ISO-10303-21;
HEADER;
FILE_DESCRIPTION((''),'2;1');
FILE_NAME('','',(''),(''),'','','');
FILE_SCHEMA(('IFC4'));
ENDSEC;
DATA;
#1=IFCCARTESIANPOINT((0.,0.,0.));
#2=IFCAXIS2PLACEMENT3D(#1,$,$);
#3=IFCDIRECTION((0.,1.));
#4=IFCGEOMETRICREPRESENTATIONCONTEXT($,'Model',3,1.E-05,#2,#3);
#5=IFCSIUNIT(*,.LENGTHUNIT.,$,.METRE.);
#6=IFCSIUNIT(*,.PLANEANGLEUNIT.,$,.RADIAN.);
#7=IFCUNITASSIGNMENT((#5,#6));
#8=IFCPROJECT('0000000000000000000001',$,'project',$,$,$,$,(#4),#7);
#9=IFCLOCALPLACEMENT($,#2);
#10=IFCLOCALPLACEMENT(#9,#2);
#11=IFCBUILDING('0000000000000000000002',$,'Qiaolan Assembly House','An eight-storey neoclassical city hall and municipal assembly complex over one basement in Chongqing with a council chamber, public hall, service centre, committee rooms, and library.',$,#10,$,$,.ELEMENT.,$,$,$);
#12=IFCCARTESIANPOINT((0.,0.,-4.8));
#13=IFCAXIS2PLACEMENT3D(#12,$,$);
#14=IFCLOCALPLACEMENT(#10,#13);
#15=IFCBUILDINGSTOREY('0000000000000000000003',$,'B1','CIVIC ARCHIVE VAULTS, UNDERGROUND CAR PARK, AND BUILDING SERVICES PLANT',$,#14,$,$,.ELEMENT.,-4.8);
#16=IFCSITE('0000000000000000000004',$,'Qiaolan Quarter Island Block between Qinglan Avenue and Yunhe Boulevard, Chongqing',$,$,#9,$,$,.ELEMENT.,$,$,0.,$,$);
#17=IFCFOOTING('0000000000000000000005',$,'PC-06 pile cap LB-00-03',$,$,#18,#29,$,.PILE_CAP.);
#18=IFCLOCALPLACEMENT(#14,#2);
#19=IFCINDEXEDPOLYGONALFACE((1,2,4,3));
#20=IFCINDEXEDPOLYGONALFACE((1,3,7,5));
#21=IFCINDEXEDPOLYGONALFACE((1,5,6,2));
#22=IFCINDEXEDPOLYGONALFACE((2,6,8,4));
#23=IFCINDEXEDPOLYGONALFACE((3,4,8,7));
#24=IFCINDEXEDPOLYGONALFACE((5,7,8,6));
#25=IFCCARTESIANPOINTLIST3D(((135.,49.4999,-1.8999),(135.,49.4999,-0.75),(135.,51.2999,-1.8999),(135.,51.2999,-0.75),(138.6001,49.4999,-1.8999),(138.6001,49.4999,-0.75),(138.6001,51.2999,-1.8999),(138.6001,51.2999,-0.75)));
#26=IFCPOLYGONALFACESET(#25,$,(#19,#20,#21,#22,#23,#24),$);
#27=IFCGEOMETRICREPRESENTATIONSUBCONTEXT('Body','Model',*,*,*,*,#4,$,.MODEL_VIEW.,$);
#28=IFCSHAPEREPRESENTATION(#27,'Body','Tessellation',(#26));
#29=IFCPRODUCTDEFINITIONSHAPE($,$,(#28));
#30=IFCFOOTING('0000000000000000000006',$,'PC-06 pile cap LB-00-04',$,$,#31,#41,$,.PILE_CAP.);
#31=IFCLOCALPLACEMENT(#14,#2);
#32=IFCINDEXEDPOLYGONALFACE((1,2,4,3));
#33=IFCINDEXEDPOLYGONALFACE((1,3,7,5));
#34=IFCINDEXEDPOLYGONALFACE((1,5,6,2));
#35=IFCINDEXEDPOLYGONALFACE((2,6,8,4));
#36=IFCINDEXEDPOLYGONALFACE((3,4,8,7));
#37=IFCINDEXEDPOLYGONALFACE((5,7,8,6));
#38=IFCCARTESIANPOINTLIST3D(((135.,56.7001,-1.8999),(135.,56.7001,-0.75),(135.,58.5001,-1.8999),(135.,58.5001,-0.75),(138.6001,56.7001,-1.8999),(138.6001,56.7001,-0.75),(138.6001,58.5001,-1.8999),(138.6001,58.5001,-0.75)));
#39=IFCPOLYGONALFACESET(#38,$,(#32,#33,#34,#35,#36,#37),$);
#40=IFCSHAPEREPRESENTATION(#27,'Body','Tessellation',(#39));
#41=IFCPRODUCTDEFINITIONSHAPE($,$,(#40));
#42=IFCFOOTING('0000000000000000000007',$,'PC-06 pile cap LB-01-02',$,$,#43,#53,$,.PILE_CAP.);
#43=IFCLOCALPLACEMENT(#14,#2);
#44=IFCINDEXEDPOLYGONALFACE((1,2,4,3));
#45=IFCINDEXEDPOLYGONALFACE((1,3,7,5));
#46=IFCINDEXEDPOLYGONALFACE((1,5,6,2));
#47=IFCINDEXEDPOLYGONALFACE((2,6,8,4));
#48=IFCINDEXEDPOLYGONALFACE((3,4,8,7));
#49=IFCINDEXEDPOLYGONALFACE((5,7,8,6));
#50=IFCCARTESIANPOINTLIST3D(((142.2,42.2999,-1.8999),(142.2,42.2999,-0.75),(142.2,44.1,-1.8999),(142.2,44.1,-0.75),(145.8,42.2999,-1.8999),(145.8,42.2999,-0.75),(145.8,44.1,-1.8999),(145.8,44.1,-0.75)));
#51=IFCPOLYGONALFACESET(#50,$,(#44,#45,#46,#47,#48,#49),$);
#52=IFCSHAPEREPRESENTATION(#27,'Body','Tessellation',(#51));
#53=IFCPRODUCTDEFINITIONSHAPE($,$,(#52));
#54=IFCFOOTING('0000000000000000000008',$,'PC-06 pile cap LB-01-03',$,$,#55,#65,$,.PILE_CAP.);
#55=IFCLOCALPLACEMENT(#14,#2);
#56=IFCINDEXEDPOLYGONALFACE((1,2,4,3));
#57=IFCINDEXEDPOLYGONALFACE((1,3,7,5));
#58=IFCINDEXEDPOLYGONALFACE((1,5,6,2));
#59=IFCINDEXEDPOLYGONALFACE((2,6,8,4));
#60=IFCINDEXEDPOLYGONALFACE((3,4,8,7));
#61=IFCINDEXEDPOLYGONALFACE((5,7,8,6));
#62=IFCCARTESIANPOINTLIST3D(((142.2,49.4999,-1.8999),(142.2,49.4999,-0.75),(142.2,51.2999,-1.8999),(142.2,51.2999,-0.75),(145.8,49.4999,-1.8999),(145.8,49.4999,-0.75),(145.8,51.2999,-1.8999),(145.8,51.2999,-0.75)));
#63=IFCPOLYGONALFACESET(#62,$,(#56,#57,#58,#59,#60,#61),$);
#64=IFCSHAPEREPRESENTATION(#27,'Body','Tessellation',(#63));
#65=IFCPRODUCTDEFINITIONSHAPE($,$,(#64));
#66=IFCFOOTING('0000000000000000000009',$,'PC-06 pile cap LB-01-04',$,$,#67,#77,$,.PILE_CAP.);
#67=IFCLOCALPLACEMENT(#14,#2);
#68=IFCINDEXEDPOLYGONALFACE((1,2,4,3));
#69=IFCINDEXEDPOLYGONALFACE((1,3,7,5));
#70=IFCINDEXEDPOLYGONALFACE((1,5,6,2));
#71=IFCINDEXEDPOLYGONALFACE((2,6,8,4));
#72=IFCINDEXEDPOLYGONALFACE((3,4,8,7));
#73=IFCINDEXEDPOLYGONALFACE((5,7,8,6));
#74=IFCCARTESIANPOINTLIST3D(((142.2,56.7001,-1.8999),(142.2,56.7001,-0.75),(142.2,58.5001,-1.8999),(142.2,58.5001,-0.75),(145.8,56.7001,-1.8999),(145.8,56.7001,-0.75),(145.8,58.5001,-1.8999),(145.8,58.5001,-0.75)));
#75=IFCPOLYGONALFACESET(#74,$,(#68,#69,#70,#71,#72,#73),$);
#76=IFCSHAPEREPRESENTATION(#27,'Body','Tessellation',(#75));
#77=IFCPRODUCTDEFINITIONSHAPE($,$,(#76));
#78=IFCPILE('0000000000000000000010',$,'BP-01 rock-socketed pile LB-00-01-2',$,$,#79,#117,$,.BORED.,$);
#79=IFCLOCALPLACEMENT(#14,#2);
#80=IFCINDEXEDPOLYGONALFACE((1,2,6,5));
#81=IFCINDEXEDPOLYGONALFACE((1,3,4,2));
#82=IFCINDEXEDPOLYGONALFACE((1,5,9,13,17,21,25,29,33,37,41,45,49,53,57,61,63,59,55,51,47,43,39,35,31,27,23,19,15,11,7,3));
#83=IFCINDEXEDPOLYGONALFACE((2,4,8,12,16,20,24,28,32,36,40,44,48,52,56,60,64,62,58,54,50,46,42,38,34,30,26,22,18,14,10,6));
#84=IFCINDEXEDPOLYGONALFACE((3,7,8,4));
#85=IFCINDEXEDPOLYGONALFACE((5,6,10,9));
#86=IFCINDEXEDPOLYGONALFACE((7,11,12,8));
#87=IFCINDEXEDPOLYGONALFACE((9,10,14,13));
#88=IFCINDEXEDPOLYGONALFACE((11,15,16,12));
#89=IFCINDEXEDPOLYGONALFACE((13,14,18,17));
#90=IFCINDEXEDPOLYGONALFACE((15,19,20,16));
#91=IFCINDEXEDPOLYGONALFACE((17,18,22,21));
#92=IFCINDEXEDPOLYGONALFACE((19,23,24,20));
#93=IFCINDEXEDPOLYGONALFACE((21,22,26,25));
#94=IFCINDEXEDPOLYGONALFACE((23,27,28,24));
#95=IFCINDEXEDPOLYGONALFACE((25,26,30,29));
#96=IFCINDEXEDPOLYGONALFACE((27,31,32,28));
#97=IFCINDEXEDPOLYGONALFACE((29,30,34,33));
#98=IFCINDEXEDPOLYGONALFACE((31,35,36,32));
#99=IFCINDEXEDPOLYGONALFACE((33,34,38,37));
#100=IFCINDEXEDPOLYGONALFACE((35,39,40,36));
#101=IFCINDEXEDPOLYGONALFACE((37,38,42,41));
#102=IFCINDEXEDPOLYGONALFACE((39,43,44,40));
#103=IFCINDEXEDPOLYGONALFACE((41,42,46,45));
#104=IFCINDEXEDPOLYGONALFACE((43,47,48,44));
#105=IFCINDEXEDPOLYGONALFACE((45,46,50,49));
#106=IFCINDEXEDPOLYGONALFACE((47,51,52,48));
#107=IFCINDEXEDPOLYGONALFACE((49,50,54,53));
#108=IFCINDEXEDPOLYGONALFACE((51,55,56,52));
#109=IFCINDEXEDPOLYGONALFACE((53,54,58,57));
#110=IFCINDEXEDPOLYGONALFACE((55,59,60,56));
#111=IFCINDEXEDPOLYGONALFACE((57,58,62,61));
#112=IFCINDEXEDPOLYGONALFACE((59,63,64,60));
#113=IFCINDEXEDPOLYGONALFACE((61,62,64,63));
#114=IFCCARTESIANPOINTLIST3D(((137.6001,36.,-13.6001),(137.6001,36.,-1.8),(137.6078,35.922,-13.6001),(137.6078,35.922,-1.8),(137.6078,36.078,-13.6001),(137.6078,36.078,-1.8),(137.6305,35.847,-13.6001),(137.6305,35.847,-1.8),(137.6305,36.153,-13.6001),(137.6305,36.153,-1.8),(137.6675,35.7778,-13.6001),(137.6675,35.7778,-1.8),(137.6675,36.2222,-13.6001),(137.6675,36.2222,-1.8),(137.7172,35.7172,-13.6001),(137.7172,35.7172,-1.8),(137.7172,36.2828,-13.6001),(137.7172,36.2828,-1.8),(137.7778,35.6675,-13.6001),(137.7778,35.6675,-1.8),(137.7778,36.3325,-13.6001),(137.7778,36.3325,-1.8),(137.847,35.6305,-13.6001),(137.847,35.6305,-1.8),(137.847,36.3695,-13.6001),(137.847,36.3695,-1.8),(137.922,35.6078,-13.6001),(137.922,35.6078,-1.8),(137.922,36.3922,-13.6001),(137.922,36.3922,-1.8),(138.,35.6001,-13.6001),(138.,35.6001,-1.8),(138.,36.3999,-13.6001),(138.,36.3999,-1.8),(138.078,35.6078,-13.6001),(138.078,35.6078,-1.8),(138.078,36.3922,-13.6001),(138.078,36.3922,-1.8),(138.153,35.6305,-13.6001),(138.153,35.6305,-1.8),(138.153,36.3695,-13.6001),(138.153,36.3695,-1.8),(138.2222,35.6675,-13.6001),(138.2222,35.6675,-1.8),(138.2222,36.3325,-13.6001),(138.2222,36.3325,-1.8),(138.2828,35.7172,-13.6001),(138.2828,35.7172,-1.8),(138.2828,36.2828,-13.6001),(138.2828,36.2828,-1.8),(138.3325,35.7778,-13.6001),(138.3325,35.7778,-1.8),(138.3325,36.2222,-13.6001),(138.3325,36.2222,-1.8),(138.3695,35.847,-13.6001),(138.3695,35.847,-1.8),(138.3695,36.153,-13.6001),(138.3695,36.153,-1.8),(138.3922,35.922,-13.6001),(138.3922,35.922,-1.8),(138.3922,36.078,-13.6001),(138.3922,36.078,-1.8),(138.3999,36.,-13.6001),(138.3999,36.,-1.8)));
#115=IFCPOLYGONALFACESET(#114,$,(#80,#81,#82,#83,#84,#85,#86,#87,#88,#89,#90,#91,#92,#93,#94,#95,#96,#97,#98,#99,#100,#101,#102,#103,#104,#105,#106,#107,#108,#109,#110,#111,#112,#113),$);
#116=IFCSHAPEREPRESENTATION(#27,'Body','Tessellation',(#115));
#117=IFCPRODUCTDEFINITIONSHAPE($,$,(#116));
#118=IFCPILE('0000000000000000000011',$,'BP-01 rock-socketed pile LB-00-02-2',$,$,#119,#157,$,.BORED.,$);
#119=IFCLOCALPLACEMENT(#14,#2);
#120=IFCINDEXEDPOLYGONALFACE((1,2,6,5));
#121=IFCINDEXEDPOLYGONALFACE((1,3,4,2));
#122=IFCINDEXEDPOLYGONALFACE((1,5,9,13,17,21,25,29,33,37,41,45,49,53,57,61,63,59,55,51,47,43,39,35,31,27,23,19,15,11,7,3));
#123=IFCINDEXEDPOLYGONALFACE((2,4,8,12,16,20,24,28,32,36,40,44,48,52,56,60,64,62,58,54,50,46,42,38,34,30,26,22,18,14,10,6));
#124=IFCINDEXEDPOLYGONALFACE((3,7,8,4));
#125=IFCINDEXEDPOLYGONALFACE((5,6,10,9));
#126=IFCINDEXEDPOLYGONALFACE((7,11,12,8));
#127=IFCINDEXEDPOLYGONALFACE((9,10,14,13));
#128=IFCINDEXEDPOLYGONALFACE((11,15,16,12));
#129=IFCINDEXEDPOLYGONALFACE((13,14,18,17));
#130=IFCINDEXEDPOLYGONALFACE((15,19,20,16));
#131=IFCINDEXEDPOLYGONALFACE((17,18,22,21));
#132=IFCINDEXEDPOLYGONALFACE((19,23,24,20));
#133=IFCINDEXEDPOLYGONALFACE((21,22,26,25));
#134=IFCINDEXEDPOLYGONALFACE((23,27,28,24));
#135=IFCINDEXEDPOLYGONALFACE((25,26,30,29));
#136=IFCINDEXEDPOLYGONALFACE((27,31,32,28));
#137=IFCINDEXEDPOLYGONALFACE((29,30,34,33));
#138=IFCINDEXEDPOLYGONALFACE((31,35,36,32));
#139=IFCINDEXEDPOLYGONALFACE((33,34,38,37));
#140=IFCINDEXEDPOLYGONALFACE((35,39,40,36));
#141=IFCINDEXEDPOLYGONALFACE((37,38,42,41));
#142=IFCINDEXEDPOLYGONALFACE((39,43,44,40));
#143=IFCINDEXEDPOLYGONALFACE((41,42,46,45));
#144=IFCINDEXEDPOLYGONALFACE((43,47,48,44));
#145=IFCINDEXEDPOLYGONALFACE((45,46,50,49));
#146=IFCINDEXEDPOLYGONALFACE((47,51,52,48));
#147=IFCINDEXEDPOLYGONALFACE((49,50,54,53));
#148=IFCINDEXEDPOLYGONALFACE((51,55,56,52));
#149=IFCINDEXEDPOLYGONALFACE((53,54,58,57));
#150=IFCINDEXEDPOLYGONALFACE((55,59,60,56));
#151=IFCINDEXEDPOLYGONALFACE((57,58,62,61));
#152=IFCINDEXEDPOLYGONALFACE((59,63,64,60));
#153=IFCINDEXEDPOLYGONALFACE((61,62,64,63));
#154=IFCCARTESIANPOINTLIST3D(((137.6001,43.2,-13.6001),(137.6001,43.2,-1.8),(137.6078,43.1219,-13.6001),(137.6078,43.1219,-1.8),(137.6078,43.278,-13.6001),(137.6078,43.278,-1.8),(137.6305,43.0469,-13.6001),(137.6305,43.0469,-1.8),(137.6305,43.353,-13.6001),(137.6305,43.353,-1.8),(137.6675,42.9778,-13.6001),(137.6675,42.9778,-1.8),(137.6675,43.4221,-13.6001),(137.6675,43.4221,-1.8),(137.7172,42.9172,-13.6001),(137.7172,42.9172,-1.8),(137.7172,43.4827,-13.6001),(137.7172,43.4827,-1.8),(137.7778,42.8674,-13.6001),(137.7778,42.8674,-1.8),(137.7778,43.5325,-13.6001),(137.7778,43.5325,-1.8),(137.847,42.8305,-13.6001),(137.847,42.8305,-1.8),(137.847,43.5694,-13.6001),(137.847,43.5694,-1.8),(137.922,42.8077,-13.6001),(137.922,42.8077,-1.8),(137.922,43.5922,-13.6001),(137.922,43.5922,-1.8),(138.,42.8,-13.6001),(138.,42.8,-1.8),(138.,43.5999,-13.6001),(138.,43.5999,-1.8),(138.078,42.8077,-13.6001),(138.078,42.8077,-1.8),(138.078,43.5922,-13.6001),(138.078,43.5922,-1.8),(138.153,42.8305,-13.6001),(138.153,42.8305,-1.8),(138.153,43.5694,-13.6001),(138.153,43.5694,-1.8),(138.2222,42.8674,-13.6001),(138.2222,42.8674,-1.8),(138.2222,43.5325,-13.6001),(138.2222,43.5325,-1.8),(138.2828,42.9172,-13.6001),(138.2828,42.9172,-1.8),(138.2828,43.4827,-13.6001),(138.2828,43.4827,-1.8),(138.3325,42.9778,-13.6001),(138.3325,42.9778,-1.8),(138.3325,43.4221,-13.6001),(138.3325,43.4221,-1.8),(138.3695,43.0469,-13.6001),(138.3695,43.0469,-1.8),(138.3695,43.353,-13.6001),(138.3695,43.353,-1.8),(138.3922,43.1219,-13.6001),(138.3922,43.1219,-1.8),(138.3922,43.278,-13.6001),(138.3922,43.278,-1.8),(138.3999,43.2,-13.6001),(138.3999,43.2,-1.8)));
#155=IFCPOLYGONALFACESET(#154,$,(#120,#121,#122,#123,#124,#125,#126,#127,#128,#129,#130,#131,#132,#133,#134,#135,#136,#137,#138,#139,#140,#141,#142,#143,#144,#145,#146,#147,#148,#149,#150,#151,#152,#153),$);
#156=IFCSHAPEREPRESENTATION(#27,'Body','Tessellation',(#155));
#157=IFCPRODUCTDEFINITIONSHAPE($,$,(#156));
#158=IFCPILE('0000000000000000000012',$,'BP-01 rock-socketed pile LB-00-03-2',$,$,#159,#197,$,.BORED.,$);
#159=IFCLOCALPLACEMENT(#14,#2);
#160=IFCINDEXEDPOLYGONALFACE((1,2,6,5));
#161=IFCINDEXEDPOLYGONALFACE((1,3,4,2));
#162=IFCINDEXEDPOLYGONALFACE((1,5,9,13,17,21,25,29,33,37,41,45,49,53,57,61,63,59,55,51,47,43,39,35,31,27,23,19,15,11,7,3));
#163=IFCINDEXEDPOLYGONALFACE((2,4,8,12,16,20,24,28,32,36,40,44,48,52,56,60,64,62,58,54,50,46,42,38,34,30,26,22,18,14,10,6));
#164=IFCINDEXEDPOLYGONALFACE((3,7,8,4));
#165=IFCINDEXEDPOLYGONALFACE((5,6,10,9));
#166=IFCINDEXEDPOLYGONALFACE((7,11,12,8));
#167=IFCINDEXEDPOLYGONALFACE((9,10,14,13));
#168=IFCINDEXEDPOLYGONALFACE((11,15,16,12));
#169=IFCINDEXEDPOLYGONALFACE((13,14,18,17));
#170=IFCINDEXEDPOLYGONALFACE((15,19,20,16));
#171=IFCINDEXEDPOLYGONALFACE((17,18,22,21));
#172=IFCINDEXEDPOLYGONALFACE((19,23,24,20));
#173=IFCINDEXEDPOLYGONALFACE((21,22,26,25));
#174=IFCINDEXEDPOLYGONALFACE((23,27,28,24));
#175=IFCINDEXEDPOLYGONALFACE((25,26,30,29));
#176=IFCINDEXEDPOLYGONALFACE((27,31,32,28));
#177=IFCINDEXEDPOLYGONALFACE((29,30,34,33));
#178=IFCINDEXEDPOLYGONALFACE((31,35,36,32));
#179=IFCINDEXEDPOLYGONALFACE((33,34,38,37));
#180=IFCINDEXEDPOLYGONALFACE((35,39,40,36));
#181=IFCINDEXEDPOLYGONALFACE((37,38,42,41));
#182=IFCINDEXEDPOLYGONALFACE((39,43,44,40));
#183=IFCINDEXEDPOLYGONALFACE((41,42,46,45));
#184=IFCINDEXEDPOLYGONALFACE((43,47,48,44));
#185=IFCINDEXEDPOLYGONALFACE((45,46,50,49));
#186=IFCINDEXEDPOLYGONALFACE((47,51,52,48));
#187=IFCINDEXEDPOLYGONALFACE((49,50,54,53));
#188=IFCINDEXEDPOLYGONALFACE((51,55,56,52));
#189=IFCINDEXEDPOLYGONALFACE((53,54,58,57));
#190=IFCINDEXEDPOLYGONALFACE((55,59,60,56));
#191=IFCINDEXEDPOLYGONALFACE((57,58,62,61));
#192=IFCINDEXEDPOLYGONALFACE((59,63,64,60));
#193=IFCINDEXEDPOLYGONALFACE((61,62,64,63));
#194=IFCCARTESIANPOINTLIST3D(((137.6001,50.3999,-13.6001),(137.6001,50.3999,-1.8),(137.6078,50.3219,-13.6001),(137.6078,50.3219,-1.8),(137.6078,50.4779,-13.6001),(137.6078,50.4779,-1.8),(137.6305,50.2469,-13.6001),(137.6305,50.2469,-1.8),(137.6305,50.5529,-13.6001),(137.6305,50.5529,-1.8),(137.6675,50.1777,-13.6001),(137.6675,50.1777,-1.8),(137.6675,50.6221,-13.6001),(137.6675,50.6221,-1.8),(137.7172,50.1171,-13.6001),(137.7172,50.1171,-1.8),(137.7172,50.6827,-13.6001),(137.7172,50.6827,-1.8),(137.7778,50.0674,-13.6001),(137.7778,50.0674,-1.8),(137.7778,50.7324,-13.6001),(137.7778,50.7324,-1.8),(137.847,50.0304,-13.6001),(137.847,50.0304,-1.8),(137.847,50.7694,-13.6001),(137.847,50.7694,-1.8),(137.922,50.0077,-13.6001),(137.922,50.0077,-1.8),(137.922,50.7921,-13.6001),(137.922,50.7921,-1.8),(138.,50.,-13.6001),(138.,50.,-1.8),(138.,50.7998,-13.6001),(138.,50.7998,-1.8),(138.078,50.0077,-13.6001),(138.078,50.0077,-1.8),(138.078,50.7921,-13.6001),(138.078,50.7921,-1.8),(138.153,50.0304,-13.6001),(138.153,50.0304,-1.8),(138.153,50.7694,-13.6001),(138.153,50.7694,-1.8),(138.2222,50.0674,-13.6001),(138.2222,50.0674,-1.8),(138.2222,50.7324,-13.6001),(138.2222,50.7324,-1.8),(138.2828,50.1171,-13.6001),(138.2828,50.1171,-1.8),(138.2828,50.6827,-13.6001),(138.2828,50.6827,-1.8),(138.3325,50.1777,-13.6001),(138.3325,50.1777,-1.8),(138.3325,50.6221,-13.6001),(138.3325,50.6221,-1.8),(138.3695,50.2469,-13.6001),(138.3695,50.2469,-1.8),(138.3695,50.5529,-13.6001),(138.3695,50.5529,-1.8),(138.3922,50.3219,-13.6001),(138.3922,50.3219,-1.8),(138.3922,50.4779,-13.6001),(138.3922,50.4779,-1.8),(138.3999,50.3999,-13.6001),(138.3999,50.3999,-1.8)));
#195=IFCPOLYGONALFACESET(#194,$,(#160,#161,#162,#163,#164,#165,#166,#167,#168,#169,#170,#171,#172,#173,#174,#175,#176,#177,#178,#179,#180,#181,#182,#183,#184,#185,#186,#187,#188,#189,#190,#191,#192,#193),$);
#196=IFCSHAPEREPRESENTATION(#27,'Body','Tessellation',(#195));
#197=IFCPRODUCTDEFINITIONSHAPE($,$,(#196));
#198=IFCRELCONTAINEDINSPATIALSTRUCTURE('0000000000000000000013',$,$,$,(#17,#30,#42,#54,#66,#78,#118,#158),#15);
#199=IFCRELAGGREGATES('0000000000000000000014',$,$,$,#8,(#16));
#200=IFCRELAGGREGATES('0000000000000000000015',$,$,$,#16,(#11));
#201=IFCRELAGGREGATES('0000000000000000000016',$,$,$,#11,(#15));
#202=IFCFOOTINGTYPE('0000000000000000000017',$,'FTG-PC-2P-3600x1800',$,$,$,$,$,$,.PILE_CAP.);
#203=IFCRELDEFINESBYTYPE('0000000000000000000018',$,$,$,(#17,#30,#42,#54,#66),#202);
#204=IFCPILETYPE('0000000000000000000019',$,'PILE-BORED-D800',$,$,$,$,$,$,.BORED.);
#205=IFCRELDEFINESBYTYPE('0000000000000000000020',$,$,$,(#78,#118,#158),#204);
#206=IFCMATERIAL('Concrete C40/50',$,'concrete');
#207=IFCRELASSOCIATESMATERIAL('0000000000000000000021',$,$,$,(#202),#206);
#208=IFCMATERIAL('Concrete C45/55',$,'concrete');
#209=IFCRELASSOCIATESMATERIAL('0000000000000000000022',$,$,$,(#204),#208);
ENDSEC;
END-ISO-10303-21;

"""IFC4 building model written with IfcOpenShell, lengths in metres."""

from ifc_helpers import new_model, si_unit, direction, frame, origin, origin_2d, place, context, subcontext, project, spatial, rectangle, circle, extrude, material, material_profile, profile_set, type_object, element, save


model = new_model("IFC4")

# Units and contexts
model_context = context("Model", 3, precision=1e-05, world=origin(), true_north=direction((0.0, 1.0)))
body_context = subcontext(model_context, "Body", "Model", "MODEL_VIEW")
ifc_project = project(units=[si_unit("LENGTHUNIT", "METRE"), si_unit("PLANEANGLEUNIT", "RADIAN")], contexts=[model_context])

# Site, building, storey
site_placement = place(None, origin())
site = spatial("IfcSite", under=ifc_project, at=site_placement, Name="Qiaolan Quarter Island Block between Qinglan Avenue and Yunhe Boulevard, Chongqing", CompositionType="ELEMENT", RefElevation=0.0)
building_placement = place(site_placement, origin())
building = spatial("IfcBuilding", under=site, at=building_placement, Name="Qiaolan Assembly House", Description="An eight-storey neoclassical city hall and municipal assembly complex over one basement in Chongqing with a council chamber, public hall, service centre, committee rooms, and library.", CompositionType="ELEMENT")
storey_placement = place(building_placement, frame((0.0, 0.0, -4.8)))
storey = spatial("IfcBuildingStorey", under=building, at=storey_placement, Name="B1", Description="CIVIC ARCHIVE VAULTS, UNDERGROUND CAR PARK, AND BUILDING SERVICES PLANT", CompositionType="ELEMENT", Elevation=-4.8)

# Footings
ifc_material_1 = material(Name="Concrete C40/50", Category="concrete")
footing_type = type_object("IfcFootingType", Name="FTG-PC-2P-3600x1800", PredefinedType="PILE_CAP", material=ifc_material_1)
for number, where, z_axis, x_axis, name in (
    (1, (136.8, 50.3999, -1.8999), (0.0, 0.0, 1.0), (1.0, 0.0, 0.0), "PC-06 pile cap LB-00-03"),
    (2, (136.8, 57.6001, -1.8999), (0.0, 0.0, 1.0), (1.0, 0.0, 0.0), "PC-06 pile cap LB-00-04"),
    (3, (144.0, 43.2, -1.8999), (0.0, 0.0, 1.0), (1.0, 0.0, 0.0), "PC-06 pile cap LB-01-02"),
    (4, (144.0, 50.3999, -1.8999), (0.0, 0.0, 1.0), (1.0, 0.0, 0.0), "PC-06 pile cap LB-01-03"),
    (5, (144.0, 57.6001, -1.8999), (0.0, 0.0, 1.0), (1.0, 0.0, 0.0), "PC-06 pile cap LB-01-04"),
):
    element("IfcFooting", number, at=place(storey_placement, frame(where, z_axis=z_axis, x_axis=x_axis)), inside=storey, type_object=footing_type, Name=name, PredefinedType="PILE_CAP", context=body_context, shape_type="SweptSolid", body=[
        extrude(rectangle(XDim=3.6001, YDim=1.8, at=origin_2d()), origin(), (0.0, 0.0, 1.0), 1.1499),
    ])

# Piles
ifc_material_2 = material(Name="Concrete C45/55", Category="concrete")
ifc_material_profile_1 = material_profile(ifc_material_2, circle(Radius=0.3999, at=origin_2d()), Name="PILE D800")
ifc_profile_set_1 = profile_set([ifc_material_profile_1], Name="Concrete C45/55")
pile_type = type_object("IfcPileType", Name="PILE-BORED-D800", PredefinedType="BORED", material=ifc_profile_set_1)
for number, where, z_axis, x_axis, name in (
    (6, (138.0, 36.0, -1.8), (0.0, 0.0, -1.0), (1.0, 0.0, 0.0), "BP-01 rock-socketed pile LB-00-01-2"),
    (7, (138.0, 43.2, -1.8), (0.0, 0.0, -1.0), (1.0, 0.0, 0.0), "BP-01 rock-socketed pile LB-00-02-2"),
    (8, (138.0, 50.3999, -1.8), (0.0, 0.0, -1.0), (1.0, 0.0, 0.0), "BP-01 rock-socketed pile LB-00-03-2"),
):
    element("IfcPile", number, at=place(storey_placement, frame(where, z_axis=z_axis, x_axis=x_axis)), inside=storey, type_object=pile_type, Name=name, PredefinedType="BORED", context=body_context, shape_type="SweptSolid", body=[
        extrude(circle(Radius=0.3999, at=origin_2d()), origin(), (0.0, 0.0, 1.0), 11.8),
    ])

save(model, "model.ifc")
